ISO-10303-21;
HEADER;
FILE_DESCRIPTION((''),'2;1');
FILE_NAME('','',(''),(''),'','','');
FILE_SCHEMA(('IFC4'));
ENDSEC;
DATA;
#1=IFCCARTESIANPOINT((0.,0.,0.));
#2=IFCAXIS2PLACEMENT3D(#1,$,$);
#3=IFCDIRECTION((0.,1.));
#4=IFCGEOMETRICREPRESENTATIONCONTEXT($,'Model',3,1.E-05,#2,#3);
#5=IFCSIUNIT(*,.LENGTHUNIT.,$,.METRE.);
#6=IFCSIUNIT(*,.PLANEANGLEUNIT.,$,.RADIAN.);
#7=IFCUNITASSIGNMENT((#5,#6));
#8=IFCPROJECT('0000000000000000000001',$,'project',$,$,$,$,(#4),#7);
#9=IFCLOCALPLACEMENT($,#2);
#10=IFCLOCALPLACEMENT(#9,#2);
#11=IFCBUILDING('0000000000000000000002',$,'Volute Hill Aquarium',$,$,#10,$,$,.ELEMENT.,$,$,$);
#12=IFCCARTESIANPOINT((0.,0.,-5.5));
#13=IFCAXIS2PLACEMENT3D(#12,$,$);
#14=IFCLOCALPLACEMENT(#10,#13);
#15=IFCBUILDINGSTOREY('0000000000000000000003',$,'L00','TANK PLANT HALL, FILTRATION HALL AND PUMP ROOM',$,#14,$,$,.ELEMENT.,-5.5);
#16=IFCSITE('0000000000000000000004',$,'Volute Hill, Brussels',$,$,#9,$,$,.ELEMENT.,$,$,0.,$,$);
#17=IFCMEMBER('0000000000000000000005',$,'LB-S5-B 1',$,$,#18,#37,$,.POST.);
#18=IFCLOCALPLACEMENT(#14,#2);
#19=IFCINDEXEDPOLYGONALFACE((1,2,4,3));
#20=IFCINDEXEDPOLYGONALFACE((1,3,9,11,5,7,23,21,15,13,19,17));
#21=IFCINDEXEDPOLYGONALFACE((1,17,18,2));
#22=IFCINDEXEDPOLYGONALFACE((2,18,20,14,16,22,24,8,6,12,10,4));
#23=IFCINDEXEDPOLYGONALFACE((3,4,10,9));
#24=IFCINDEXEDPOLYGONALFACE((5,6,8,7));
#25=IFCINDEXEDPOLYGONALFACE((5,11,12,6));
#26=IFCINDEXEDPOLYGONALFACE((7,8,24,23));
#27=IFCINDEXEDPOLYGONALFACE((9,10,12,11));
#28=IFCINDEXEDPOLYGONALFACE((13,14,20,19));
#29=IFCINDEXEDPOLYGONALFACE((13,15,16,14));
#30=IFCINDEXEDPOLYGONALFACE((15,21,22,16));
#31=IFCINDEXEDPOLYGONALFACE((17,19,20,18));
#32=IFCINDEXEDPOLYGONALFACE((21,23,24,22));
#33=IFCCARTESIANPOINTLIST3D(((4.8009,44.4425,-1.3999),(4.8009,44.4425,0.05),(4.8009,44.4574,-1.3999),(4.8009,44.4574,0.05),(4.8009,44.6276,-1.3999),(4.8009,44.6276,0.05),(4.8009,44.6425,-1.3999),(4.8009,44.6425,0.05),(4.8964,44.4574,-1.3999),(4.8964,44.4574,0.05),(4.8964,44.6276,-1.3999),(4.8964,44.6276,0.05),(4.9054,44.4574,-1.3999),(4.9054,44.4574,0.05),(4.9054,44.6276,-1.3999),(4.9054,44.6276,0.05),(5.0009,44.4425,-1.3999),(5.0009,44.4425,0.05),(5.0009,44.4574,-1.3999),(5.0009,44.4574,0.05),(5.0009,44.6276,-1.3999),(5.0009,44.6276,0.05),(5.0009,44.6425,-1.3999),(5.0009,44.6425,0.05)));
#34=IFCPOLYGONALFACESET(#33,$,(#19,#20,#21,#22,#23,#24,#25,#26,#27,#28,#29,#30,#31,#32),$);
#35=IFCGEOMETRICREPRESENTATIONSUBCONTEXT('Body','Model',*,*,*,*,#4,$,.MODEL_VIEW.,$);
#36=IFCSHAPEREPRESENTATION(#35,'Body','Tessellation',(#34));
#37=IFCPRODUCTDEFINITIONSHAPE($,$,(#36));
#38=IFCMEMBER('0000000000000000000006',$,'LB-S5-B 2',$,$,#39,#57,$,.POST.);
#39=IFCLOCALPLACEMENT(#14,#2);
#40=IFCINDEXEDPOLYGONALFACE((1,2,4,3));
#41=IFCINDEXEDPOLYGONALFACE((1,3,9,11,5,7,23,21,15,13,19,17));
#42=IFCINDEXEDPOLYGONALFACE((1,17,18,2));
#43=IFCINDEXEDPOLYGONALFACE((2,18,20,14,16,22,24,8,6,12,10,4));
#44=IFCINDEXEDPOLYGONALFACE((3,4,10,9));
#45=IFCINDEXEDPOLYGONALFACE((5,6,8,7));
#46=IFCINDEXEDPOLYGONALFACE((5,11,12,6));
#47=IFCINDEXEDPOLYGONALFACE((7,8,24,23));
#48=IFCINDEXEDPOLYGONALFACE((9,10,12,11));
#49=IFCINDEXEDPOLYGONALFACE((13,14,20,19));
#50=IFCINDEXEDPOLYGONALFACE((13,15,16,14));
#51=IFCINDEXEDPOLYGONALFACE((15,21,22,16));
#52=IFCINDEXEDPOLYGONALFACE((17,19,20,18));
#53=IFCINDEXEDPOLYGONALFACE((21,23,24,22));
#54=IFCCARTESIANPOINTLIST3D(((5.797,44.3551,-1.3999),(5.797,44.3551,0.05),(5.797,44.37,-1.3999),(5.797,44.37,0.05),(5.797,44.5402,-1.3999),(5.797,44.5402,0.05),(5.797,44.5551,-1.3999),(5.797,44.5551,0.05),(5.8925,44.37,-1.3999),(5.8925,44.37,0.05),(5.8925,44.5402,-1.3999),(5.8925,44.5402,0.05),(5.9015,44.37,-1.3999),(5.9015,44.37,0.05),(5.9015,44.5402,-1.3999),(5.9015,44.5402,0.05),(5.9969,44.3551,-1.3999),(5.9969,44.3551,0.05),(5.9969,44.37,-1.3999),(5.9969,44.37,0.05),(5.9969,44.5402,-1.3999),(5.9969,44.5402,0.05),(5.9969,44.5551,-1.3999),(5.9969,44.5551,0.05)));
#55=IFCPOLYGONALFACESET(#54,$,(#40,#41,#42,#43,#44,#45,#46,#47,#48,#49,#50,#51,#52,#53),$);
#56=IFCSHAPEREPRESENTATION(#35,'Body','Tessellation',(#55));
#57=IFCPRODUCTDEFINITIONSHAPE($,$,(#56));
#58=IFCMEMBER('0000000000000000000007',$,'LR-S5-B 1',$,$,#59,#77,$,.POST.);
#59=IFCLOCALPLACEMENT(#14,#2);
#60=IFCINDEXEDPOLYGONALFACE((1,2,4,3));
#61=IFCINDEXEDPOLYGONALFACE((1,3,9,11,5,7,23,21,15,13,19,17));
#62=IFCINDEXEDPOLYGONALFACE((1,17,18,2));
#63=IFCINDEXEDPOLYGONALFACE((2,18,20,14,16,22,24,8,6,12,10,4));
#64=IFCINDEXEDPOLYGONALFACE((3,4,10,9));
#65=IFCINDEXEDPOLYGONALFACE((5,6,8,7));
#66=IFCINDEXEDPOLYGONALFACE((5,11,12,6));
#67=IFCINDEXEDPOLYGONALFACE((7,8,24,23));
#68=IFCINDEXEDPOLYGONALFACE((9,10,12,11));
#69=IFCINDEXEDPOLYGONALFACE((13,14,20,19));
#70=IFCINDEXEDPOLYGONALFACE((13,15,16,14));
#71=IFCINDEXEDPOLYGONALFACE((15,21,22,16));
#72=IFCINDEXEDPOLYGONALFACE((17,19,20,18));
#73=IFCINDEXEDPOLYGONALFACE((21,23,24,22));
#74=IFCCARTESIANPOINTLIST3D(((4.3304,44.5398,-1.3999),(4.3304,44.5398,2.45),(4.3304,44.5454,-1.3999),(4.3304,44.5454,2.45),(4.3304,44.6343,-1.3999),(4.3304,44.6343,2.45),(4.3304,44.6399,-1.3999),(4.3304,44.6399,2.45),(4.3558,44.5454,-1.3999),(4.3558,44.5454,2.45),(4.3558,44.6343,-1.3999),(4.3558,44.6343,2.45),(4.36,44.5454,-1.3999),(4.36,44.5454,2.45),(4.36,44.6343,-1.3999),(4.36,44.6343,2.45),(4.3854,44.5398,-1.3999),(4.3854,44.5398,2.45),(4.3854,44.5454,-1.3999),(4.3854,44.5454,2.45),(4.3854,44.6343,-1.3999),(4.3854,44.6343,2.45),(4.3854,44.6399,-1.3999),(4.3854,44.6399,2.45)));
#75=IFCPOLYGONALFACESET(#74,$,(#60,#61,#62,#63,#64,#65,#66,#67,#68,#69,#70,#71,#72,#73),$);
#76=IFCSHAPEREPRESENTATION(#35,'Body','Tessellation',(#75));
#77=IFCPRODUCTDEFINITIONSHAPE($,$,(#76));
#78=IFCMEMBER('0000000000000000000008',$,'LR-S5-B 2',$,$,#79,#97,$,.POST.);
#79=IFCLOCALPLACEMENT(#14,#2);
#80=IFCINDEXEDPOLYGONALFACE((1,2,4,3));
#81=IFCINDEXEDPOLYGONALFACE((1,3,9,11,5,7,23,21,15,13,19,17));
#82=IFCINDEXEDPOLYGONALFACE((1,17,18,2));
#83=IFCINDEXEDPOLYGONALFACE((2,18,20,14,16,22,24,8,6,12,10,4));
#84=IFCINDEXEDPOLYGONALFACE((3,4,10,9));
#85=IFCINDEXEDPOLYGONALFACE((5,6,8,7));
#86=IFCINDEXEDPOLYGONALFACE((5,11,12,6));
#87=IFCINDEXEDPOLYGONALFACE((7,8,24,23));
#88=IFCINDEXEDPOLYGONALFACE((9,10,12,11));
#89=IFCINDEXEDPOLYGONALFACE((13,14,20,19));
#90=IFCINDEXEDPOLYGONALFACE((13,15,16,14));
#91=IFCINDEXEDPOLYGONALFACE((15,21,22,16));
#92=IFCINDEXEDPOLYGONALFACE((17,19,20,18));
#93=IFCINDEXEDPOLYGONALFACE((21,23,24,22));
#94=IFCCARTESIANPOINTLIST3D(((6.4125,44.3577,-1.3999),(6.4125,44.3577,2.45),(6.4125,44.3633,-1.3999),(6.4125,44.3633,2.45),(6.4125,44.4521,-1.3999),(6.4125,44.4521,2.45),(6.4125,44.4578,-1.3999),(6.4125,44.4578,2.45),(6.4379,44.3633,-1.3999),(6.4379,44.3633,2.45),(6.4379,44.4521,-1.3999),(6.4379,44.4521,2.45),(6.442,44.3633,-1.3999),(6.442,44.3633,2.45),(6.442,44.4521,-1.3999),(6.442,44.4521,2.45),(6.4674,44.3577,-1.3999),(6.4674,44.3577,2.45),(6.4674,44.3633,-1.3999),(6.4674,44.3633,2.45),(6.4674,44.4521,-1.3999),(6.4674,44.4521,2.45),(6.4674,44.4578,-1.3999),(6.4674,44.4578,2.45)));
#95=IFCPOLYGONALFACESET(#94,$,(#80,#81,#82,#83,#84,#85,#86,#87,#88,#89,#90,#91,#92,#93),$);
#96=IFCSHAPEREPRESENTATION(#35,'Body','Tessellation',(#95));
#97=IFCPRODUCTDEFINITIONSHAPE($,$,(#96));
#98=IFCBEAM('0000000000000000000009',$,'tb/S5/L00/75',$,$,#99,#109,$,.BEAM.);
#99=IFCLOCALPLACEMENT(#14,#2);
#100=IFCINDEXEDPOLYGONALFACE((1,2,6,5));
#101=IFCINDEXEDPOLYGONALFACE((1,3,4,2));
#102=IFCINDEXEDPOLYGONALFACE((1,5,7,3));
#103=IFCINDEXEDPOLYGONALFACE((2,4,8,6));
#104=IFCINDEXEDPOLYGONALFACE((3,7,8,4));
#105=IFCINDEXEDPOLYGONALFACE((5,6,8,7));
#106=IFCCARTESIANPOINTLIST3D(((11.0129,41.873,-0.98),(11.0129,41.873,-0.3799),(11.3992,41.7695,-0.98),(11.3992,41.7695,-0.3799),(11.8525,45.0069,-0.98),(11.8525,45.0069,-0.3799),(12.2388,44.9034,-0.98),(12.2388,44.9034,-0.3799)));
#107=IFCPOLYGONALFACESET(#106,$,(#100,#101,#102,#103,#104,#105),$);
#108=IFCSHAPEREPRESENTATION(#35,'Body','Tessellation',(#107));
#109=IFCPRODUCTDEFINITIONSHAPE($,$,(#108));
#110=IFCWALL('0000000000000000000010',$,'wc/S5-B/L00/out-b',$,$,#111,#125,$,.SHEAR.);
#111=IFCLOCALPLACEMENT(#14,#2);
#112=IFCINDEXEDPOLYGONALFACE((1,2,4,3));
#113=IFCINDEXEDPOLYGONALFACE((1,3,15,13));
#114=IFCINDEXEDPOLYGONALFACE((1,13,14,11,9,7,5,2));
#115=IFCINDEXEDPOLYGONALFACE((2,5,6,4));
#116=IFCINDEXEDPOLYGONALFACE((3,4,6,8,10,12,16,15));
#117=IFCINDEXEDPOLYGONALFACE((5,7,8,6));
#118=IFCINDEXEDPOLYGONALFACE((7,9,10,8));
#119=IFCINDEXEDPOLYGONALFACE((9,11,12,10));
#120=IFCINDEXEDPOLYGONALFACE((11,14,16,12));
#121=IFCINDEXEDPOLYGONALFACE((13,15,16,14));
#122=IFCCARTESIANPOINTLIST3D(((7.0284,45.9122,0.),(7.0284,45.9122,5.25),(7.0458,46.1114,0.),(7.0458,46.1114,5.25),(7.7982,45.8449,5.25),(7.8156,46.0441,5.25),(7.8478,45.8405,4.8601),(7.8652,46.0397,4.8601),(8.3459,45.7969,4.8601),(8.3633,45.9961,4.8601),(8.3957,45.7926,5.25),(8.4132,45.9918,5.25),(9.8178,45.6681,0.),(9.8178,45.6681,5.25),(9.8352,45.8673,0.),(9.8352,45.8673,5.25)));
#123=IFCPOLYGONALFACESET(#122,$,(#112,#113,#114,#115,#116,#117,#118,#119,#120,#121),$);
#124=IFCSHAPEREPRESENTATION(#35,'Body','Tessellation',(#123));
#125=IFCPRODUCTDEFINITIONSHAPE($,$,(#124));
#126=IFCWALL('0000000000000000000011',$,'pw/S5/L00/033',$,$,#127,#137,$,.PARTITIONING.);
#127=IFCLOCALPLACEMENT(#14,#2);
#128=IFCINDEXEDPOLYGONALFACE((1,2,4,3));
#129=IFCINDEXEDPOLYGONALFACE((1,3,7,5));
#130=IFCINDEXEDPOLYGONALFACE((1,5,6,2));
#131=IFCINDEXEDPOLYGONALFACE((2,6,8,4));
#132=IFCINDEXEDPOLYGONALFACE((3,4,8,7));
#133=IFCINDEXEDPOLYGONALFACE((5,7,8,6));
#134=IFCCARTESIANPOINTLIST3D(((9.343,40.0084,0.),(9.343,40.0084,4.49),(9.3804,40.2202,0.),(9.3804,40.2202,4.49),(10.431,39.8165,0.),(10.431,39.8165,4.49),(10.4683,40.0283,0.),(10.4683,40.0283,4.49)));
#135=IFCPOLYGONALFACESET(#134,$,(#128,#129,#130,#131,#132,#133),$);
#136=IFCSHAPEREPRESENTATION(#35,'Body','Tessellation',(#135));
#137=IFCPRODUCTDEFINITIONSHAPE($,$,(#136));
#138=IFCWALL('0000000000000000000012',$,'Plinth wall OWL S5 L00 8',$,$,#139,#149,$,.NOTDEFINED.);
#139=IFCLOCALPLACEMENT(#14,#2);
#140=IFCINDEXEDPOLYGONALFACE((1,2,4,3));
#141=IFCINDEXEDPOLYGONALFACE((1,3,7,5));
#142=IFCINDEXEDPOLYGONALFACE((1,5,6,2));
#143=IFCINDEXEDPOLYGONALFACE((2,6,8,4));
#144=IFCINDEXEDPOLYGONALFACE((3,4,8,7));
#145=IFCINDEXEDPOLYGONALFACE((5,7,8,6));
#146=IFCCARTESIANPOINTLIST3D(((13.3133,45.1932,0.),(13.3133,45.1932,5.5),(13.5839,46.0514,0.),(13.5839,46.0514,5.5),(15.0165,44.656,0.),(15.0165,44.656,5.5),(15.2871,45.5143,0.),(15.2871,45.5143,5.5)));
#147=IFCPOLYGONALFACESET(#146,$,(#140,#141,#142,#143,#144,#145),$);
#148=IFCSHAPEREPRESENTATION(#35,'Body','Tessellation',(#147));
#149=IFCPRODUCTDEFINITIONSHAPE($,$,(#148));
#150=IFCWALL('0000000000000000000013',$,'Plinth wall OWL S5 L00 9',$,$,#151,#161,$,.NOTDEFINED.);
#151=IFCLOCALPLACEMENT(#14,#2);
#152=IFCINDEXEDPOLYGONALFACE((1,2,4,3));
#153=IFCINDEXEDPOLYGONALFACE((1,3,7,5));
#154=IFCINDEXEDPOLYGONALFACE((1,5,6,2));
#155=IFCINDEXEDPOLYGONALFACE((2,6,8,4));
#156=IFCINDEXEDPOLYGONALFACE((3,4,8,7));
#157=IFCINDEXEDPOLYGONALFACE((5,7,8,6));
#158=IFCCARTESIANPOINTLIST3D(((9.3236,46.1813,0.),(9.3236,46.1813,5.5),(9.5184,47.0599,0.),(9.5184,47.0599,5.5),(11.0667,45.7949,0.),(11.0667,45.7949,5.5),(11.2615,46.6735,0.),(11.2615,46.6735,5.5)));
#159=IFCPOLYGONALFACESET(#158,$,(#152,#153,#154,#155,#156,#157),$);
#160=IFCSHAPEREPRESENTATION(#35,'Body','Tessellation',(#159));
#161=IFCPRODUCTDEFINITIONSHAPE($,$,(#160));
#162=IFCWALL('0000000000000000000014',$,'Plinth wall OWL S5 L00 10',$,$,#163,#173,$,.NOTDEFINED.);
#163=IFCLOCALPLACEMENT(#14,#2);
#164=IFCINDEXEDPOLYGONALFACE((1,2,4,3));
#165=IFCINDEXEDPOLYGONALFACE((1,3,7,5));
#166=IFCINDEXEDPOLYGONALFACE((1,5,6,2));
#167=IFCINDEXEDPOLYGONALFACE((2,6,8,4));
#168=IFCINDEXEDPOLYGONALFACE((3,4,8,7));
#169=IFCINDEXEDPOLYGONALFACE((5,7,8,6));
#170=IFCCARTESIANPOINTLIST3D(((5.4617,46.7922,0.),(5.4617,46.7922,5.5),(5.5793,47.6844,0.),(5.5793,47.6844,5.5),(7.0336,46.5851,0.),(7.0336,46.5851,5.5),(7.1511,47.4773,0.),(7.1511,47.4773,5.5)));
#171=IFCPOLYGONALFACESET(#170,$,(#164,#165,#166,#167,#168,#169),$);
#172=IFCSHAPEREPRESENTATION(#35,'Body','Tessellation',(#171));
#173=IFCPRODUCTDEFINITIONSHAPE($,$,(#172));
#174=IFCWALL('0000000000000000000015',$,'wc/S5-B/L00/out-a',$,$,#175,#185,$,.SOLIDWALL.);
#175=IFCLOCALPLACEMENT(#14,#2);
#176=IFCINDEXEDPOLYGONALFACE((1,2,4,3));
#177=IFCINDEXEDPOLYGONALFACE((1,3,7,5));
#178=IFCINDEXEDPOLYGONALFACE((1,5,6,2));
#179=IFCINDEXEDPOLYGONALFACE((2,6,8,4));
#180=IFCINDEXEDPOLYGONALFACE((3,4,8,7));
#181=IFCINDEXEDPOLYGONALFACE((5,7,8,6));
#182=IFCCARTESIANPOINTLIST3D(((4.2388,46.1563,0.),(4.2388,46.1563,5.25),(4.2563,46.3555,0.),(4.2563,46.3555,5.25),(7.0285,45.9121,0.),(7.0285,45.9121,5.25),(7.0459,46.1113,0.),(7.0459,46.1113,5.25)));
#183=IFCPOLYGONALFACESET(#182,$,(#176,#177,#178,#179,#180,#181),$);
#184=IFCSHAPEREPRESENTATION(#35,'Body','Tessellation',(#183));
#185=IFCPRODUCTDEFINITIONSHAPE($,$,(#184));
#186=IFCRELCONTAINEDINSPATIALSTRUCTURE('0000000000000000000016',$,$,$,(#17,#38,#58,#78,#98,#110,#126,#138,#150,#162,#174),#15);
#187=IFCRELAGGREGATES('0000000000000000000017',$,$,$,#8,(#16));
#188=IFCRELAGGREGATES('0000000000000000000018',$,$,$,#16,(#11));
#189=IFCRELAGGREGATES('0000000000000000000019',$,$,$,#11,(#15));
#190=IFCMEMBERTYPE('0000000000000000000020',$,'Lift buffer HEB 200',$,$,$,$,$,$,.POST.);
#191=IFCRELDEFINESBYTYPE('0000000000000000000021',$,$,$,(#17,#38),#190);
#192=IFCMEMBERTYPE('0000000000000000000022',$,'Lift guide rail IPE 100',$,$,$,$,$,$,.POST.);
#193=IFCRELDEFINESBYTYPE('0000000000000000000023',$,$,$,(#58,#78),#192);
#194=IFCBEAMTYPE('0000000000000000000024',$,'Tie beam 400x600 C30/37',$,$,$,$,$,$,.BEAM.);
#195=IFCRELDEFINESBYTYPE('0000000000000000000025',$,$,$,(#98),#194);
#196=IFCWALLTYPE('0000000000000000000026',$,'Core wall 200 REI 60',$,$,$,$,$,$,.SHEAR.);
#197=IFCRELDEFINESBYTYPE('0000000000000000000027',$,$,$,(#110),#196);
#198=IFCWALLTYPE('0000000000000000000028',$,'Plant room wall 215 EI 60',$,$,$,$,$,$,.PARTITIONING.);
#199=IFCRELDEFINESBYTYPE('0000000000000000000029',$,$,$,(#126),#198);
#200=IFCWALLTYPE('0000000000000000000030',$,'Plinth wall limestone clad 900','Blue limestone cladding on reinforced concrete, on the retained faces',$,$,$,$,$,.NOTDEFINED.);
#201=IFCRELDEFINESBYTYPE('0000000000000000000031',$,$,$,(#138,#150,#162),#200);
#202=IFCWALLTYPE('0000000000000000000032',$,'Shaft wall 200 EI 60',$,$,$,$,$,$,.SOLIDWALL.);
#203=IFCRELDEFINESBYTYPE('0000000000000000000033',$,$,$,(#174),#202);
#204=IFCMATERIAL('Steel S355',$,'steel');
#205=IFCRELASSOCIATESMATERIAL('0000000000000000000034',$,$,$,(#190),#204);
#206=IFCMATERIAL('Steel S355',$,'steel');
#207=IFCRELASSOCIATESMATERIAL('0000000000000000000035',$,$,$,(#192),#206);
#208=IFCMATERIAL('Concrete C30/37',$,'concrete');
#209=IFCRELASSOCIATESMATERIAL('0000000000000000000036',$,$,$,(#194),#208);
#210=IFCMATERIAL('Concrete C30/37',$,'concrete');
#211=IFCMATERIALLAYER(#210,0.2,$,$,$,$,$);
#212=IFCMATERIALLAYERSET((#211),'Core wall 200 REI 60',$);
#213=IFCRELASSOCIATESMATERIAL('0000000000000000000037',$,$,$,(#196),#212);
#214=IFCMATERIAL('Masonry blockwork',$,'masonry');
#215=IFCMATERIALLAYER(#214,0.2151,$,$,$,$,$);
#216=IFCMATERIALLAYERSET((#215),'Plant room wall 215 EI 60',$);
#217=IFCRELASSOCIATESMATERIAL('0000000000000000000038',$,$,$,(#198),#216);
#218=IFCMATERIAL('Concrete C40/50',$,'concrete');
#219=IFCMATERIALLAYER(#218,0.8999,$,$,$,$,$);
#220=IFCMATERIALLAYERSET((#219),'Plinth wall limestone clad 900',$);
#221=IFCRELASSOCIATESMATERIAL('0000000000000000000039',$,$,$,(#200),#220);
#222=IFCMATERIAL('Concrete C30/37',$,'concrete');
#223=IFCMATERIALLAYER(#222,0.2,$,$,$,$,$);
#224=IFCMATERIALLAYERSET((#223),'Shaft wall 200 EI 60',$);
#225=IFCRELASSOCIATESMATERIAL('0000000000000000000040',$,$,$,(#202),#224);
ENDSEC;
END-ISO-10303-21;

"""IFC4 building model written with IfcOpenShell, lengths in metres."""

from ifc_helpers import new_model, si_unit, direction, frame, frame_2d, origin, origin_2d, place, context, subcontext, project, spatial, polyline, rectangle, i_section, outline, extrude, material, layer, layer_set, material_profile, profile_set, type_object, element, save


model = new_model("IFC4")

# Units and contexts
model_context = context("Model", 3, precision=1e-05, world=origin(), true_north=direction((0.0, 1.0)))
body_context = subcontext(model_context, "Body", "Model", "MODEL_VIEW")
ifc_project = project(units=[si_unit("LENGTHUNIT", "METRE"), si_unit("PLANEANGLEUNIT", "RADIAN")], contexts=[model_context])

# Site, building, storey
site_placement = place(None, origin())
site = spatial("IfcSite", under=ifc_project, at=site_placement, Name="Volute Hill, Brussels", CompositionType="ELEMENT", RefElevation=0.0)
building_placement = place(site_placement, origin())
building = spatial("IfcBuilding", under=site, at=building_placement, Name="Volute Hill Aquarium", CompositionType="ELEMENT")
storey_placement = place(building_placement, frame((0.0, 0.0, -5.5)))
storey = spatial("IfcBuildingStorey", under=building, at=storey_placement, Name="L00", Description="TANK PLANT HALL, FILTRATION HALL AND PUMP ROOM", CompositionType="ELEMENT", Elevation=-5.5)

# Members
ifc_material_1 = material(Name="Steel S355", Category="steel")
ifc_material_profile_1 = material_profile(ifc_material_1, i_section(OverallWidth=0.2, OverallDepth=0.2, WebThickness=0.009, FlangeThickness=0.0149, at=origin_2d()), Name="HEB 200")
ifc_profile_set_1 = profile_set([ifc_material_profile_1], Name="Steel S355")
member_type_1 = type_object("IfcMemberType", Name="Lift buffer HEB 200", PredefinedType="POST", material=ifc_profile_set_1)
for number, where, z_axis, x_axis, name in (
    (1, (4.9009, 44.5425, -1.3999), (0.0, 0.0, 1.0), (1.0, 0.0, 0.0), "LB-S5-B 1"),
    (2, (5.897, 44.4551, -1.3999), (0.0, 0.0, 1.0), (1.0, 0.0, 0.0), "LB-S5-B 2"),
):
    element("IfcMember", number, at=place(storey_placement, frame(where, z_axis=z_axis, x_axis=x_axis)), inside=storey, type_object=member_type_1, Name=name, PredefinedType="POST", context=body_context, shape_type="SweptSolid", body=[
        extrude(i_section(OverallWidth=0.2, OverallDepth=0.2, WebThickness=0.009, FlangeThickness=0.0149, at=origin_2d()), origin(), (0.0, 0.0, 1.0), 1.45),
    ])
ifc_material_2 = material(Name="Steel S355", Category="steel")
ifc_material_profile_2 = material_profile(ifc_material_2, i_section(OverallWidth=0.0549, OverallDepth=0.1001, WebThickness=0.0042, FlangeThickness=0.0056, at=origin_2d()), Name="IPE 100")
ifc_profile_set_2 = profile_set([ifc_material_profile_2], Name="Steel S355")
member_type_2 = type_object("IfcMemberType", Name="Lift guide rail IPE 100", PredefinedType="POST", material=ifc_profile_set_2)
for number, where, z_axis, x_axis, name in (
    (3, (4.3579, 44.5898, -1.3999), (0.0, 0.0, 1.0), (1.0, 0.0, 0.0), "LR-S5-B 1"),
    (4, (6.4399, 44.4077, -1.3999), (0.0, 0.0, 1.0), (1.0, 0.0, 0.0), "LR-S5-B 2"),
):
    element("IfcMember", number, at=place(storey_placement, frame(where, z_axis=z_axis, x_axis=x_axis)), inside=storey, type_object=member_type_2, Name=name, PredefinedType="POST", context=body_context, shape_type="SweptSolid", body=[
        extrude(i_section(OverallWidth=0.0549, OverallDepth=0.1001, WebThickness=0.0042, FlangeThickness=0.0056, at=origin_2d()), origin(), (0.0, 0.0, 1.0), 3.8499),
    ])

# Beam
ifc_material_3 = material(Name="Concrete C30/37", Category="concrete")
ifc_material_profile_3 = material_profile(ifc_material_3, rectangle(XDim=0.3999, YDim=0.6001, at=origin_2d()), Name="RC tie beam 400x600")
ifc_profile_set_3 = profile_set([ifc_material_profile_3], Name="Concrete C30/37")
beam_type = type_object("IfcBeamType", Name="Tie beam 400x600 C30/37", PredefinedType="BEAM", material=ifc_profile_set_3)
beam_placement = place(storey_placement, frame((11.2061, 41.8213, -0.6799), z_axis=(0.258791, 0.965933, 0.0), x_axis=(-0.965933, 0.258791, 0.0)))
element("IfcBeam", 5, at=beam_placement, inside=storey, type_object=beam_type, Name="tb/S5/L00/75", PredefinedType="BEAM", context=body_context, shape_type="SweptSolid", body=[
    extrude(rectangle(XDim=0.3999, YDim=0.6001, at=origin_2d()), origin(), (0.0, 0.0, 1.0), 3.2444),
])

# Walls
ifc_material_4 = material(Name="Concrete C30/37", Category="concrete")
ifc_layer_1 = layer(ifc_material_4, 0.2)
ifc_layer_set_1 = layer_set([ifc_layer_1], Name="Core wall 200 REI 60")
wall_type_1 = type_object("IfcWallType", Name="Core wall 200 REI 60", PredefinedType="SHEAR", material=ifc_layer_set_1)
wall_1_placement = place(storey_placement, frame((7.0371, 46.0117, 0.0), z_axis=(0.0, 0.0, 1.0), x_axis=(0.996191, -0.087194, 0.0)))
element("IfcWall", 6, at=wall_1_placement, inside=storey, type_object=wall_type_1, Name="wc/S5-B/L00/out-b", PredefinedType="SHEAR", context=body_context, shape_type="SweptSolid", body=[
    extrude(outline(polyline([(0.0, 0.0), (2.8, 0.0), (2.8, 5.25), (1.3726, 5.25), (1.3225, 4.8601), (0.8225, 4.8601), (0.7727, 5.25), (0.0, 5.25), (0.0, 0.0)])), frame((0.0, 0.1001, 0.0), z_axis=(0.0, -1.0, 0.0), x_axis=(1.0, 0.0, 0.0)), (0.0, 0.0, 1.0), 0.2),
])
ifc_material_5 = material(Name="Masonry blockwork", Category="masonry")
ifc_layer_2 = layer(ifc_material_5, 0.2151)
ifc_layer_set_2 = layer_set([ifc_layer_2], Name="Plant room wall 215 EI 60")
wall_type_2 = type_object("IfcWallType", Name="Plant room wall 215 EI 60", PredefinedType="PARTITIONING", material=ifc_layer_set_2)
wall_2_placement = place(storey_placement, frame((9.3618, 40.1143, 0.0), z_axis=(0.0, 0.0, 1.0), x_axis=(0.984797, -0.17371, 0.0)))
element("IfcWall", 7, at=wall_2_placement, inside=storey, type_object=wall_type_2, Name="pw/S5/L00/033", PredefinedType="PARTITIONING", context=body_context, shape_type="SweptSolid", body=[
    extrude(rectangle(XDim=1.1047, YDim=0.2151, at=frame_2d((0.5522, 0.0))), origin(), (0.0, 0.0, 1.0), 4.49),
])
ifc_material_6 = material(Name="Concrete C40/50", Category="concrete")
ifc_layer_3 = layer(ifc_material_6, 0.8999)
ifc_layer_set_3 = layer_set([ifc_layer_3], Name="Plinth wall limestone clad 900")
wall_type_3 = type_object("IfcWallType", Name="Plinth wall limestone clad 900", Description="Blue limestone cladding on reinforced concrete, on the retained faces", PredefinedType="NOTDEFINED", material=ifc_layer_set_3)
wall_3_placement = place(storey_placement, frame((13.4485, 45.6223, 0.0), z_axis=(0.0, 0.0, 1.0), x_axis=(0.953698, -0.300765, 0.0)))
element("IfcWall", 8, at=wall_3_placement, inside=storey, type_object=wall_type_3, Name="Plinth wall OWL S5 L00 8", PredefinedType="NOTDEFINED", context=body_context, shape_type="SweptSolid", body=[
    extrude(rectangle(XDim=1.7859, YDim=0.8999, at=frame_2d((0.8931, 0.0))), origin(), (0.0, 0.0, 1.0), 5.5),
])
wall_4_placement = place(storey_placement, frame((9.4211, 46.6206, 0.0), z_axis=(0.0, 0.0, 1.0), x_axis=(0.976293, -0.216453, 0.0)))
element("IfcWall", 9, at=wall_4_placement, inside=storey, type_object=wall_type_3, Name="Plinth wall OWL S5 L00 9", PredefinedType="NOTDEFINED", context=body_context, shape_type="SweptSolid", body=[
    extrude(rectangle(XDim=1.7854, YDim=0.8999, at=frame_2d((0.8926, 0.0))), origin(), (0.0, 0.0, 1.0), 5.5),
])
wall_5_placement = place(storey_placement, frame((5.5205, 47.2383, 0.0), z_axis=(0.0, 0.0, 1.0), x_axis=(0.991436, -0.13059, 0.0)))
element("IfcWall", 10, at=wall_5_placement, inside=storey, type_object=wall_type_3, Name="Plinth wall OWL S5 L00 10", PredefinedType="NOTDEFINED", context=body_context, shape_type="SweptSolid", body=[
    extrude(rectangle(XDim=1.5854, YDim=0.8999, at=frame_2d((0.7927, 0.0))), origin(), (0.0, 0.0, 1.0), 5.5),
])
ifc_material_7 = material(Name="Concrete C30/37", Category="concrete")
ifc_layer_4 = layer(ifc_material_7, 0.2)
ifc_layer_set_4 = layer_set([ifc_layer_4], Name="Shaft wall 200 EI 60")
wall_type_4 = type_object("IfcWallType", Name="Shaft wall 200 EI 60", PredefinedType="SOLIDWALL", material=ifc_layer_set_4)
wall_6_placement = place(storey_placement, frame((4.2476, 46.2559, 0.0), z_axis=(0.0, 0.0, 1.0), x_axis=(0.996192, -0.087186, 0.0)))
element("IfcWall", 11, at=wall_6_placement, inside=storey, type_object=wall_type_4, Name="wc/S5-B/L00/out-a", PredefinedType="SOLIDWALL", context=body_context, shape_type="SweptSolid", body=[
    extrude(rectangle(XDim=2.8003, YDim=0.2, at=frame_2d((1.4001, 0.0))), origin(), (0.0, 0.0, 1.0), 5.25),
])

save(model, "model.ifc")
